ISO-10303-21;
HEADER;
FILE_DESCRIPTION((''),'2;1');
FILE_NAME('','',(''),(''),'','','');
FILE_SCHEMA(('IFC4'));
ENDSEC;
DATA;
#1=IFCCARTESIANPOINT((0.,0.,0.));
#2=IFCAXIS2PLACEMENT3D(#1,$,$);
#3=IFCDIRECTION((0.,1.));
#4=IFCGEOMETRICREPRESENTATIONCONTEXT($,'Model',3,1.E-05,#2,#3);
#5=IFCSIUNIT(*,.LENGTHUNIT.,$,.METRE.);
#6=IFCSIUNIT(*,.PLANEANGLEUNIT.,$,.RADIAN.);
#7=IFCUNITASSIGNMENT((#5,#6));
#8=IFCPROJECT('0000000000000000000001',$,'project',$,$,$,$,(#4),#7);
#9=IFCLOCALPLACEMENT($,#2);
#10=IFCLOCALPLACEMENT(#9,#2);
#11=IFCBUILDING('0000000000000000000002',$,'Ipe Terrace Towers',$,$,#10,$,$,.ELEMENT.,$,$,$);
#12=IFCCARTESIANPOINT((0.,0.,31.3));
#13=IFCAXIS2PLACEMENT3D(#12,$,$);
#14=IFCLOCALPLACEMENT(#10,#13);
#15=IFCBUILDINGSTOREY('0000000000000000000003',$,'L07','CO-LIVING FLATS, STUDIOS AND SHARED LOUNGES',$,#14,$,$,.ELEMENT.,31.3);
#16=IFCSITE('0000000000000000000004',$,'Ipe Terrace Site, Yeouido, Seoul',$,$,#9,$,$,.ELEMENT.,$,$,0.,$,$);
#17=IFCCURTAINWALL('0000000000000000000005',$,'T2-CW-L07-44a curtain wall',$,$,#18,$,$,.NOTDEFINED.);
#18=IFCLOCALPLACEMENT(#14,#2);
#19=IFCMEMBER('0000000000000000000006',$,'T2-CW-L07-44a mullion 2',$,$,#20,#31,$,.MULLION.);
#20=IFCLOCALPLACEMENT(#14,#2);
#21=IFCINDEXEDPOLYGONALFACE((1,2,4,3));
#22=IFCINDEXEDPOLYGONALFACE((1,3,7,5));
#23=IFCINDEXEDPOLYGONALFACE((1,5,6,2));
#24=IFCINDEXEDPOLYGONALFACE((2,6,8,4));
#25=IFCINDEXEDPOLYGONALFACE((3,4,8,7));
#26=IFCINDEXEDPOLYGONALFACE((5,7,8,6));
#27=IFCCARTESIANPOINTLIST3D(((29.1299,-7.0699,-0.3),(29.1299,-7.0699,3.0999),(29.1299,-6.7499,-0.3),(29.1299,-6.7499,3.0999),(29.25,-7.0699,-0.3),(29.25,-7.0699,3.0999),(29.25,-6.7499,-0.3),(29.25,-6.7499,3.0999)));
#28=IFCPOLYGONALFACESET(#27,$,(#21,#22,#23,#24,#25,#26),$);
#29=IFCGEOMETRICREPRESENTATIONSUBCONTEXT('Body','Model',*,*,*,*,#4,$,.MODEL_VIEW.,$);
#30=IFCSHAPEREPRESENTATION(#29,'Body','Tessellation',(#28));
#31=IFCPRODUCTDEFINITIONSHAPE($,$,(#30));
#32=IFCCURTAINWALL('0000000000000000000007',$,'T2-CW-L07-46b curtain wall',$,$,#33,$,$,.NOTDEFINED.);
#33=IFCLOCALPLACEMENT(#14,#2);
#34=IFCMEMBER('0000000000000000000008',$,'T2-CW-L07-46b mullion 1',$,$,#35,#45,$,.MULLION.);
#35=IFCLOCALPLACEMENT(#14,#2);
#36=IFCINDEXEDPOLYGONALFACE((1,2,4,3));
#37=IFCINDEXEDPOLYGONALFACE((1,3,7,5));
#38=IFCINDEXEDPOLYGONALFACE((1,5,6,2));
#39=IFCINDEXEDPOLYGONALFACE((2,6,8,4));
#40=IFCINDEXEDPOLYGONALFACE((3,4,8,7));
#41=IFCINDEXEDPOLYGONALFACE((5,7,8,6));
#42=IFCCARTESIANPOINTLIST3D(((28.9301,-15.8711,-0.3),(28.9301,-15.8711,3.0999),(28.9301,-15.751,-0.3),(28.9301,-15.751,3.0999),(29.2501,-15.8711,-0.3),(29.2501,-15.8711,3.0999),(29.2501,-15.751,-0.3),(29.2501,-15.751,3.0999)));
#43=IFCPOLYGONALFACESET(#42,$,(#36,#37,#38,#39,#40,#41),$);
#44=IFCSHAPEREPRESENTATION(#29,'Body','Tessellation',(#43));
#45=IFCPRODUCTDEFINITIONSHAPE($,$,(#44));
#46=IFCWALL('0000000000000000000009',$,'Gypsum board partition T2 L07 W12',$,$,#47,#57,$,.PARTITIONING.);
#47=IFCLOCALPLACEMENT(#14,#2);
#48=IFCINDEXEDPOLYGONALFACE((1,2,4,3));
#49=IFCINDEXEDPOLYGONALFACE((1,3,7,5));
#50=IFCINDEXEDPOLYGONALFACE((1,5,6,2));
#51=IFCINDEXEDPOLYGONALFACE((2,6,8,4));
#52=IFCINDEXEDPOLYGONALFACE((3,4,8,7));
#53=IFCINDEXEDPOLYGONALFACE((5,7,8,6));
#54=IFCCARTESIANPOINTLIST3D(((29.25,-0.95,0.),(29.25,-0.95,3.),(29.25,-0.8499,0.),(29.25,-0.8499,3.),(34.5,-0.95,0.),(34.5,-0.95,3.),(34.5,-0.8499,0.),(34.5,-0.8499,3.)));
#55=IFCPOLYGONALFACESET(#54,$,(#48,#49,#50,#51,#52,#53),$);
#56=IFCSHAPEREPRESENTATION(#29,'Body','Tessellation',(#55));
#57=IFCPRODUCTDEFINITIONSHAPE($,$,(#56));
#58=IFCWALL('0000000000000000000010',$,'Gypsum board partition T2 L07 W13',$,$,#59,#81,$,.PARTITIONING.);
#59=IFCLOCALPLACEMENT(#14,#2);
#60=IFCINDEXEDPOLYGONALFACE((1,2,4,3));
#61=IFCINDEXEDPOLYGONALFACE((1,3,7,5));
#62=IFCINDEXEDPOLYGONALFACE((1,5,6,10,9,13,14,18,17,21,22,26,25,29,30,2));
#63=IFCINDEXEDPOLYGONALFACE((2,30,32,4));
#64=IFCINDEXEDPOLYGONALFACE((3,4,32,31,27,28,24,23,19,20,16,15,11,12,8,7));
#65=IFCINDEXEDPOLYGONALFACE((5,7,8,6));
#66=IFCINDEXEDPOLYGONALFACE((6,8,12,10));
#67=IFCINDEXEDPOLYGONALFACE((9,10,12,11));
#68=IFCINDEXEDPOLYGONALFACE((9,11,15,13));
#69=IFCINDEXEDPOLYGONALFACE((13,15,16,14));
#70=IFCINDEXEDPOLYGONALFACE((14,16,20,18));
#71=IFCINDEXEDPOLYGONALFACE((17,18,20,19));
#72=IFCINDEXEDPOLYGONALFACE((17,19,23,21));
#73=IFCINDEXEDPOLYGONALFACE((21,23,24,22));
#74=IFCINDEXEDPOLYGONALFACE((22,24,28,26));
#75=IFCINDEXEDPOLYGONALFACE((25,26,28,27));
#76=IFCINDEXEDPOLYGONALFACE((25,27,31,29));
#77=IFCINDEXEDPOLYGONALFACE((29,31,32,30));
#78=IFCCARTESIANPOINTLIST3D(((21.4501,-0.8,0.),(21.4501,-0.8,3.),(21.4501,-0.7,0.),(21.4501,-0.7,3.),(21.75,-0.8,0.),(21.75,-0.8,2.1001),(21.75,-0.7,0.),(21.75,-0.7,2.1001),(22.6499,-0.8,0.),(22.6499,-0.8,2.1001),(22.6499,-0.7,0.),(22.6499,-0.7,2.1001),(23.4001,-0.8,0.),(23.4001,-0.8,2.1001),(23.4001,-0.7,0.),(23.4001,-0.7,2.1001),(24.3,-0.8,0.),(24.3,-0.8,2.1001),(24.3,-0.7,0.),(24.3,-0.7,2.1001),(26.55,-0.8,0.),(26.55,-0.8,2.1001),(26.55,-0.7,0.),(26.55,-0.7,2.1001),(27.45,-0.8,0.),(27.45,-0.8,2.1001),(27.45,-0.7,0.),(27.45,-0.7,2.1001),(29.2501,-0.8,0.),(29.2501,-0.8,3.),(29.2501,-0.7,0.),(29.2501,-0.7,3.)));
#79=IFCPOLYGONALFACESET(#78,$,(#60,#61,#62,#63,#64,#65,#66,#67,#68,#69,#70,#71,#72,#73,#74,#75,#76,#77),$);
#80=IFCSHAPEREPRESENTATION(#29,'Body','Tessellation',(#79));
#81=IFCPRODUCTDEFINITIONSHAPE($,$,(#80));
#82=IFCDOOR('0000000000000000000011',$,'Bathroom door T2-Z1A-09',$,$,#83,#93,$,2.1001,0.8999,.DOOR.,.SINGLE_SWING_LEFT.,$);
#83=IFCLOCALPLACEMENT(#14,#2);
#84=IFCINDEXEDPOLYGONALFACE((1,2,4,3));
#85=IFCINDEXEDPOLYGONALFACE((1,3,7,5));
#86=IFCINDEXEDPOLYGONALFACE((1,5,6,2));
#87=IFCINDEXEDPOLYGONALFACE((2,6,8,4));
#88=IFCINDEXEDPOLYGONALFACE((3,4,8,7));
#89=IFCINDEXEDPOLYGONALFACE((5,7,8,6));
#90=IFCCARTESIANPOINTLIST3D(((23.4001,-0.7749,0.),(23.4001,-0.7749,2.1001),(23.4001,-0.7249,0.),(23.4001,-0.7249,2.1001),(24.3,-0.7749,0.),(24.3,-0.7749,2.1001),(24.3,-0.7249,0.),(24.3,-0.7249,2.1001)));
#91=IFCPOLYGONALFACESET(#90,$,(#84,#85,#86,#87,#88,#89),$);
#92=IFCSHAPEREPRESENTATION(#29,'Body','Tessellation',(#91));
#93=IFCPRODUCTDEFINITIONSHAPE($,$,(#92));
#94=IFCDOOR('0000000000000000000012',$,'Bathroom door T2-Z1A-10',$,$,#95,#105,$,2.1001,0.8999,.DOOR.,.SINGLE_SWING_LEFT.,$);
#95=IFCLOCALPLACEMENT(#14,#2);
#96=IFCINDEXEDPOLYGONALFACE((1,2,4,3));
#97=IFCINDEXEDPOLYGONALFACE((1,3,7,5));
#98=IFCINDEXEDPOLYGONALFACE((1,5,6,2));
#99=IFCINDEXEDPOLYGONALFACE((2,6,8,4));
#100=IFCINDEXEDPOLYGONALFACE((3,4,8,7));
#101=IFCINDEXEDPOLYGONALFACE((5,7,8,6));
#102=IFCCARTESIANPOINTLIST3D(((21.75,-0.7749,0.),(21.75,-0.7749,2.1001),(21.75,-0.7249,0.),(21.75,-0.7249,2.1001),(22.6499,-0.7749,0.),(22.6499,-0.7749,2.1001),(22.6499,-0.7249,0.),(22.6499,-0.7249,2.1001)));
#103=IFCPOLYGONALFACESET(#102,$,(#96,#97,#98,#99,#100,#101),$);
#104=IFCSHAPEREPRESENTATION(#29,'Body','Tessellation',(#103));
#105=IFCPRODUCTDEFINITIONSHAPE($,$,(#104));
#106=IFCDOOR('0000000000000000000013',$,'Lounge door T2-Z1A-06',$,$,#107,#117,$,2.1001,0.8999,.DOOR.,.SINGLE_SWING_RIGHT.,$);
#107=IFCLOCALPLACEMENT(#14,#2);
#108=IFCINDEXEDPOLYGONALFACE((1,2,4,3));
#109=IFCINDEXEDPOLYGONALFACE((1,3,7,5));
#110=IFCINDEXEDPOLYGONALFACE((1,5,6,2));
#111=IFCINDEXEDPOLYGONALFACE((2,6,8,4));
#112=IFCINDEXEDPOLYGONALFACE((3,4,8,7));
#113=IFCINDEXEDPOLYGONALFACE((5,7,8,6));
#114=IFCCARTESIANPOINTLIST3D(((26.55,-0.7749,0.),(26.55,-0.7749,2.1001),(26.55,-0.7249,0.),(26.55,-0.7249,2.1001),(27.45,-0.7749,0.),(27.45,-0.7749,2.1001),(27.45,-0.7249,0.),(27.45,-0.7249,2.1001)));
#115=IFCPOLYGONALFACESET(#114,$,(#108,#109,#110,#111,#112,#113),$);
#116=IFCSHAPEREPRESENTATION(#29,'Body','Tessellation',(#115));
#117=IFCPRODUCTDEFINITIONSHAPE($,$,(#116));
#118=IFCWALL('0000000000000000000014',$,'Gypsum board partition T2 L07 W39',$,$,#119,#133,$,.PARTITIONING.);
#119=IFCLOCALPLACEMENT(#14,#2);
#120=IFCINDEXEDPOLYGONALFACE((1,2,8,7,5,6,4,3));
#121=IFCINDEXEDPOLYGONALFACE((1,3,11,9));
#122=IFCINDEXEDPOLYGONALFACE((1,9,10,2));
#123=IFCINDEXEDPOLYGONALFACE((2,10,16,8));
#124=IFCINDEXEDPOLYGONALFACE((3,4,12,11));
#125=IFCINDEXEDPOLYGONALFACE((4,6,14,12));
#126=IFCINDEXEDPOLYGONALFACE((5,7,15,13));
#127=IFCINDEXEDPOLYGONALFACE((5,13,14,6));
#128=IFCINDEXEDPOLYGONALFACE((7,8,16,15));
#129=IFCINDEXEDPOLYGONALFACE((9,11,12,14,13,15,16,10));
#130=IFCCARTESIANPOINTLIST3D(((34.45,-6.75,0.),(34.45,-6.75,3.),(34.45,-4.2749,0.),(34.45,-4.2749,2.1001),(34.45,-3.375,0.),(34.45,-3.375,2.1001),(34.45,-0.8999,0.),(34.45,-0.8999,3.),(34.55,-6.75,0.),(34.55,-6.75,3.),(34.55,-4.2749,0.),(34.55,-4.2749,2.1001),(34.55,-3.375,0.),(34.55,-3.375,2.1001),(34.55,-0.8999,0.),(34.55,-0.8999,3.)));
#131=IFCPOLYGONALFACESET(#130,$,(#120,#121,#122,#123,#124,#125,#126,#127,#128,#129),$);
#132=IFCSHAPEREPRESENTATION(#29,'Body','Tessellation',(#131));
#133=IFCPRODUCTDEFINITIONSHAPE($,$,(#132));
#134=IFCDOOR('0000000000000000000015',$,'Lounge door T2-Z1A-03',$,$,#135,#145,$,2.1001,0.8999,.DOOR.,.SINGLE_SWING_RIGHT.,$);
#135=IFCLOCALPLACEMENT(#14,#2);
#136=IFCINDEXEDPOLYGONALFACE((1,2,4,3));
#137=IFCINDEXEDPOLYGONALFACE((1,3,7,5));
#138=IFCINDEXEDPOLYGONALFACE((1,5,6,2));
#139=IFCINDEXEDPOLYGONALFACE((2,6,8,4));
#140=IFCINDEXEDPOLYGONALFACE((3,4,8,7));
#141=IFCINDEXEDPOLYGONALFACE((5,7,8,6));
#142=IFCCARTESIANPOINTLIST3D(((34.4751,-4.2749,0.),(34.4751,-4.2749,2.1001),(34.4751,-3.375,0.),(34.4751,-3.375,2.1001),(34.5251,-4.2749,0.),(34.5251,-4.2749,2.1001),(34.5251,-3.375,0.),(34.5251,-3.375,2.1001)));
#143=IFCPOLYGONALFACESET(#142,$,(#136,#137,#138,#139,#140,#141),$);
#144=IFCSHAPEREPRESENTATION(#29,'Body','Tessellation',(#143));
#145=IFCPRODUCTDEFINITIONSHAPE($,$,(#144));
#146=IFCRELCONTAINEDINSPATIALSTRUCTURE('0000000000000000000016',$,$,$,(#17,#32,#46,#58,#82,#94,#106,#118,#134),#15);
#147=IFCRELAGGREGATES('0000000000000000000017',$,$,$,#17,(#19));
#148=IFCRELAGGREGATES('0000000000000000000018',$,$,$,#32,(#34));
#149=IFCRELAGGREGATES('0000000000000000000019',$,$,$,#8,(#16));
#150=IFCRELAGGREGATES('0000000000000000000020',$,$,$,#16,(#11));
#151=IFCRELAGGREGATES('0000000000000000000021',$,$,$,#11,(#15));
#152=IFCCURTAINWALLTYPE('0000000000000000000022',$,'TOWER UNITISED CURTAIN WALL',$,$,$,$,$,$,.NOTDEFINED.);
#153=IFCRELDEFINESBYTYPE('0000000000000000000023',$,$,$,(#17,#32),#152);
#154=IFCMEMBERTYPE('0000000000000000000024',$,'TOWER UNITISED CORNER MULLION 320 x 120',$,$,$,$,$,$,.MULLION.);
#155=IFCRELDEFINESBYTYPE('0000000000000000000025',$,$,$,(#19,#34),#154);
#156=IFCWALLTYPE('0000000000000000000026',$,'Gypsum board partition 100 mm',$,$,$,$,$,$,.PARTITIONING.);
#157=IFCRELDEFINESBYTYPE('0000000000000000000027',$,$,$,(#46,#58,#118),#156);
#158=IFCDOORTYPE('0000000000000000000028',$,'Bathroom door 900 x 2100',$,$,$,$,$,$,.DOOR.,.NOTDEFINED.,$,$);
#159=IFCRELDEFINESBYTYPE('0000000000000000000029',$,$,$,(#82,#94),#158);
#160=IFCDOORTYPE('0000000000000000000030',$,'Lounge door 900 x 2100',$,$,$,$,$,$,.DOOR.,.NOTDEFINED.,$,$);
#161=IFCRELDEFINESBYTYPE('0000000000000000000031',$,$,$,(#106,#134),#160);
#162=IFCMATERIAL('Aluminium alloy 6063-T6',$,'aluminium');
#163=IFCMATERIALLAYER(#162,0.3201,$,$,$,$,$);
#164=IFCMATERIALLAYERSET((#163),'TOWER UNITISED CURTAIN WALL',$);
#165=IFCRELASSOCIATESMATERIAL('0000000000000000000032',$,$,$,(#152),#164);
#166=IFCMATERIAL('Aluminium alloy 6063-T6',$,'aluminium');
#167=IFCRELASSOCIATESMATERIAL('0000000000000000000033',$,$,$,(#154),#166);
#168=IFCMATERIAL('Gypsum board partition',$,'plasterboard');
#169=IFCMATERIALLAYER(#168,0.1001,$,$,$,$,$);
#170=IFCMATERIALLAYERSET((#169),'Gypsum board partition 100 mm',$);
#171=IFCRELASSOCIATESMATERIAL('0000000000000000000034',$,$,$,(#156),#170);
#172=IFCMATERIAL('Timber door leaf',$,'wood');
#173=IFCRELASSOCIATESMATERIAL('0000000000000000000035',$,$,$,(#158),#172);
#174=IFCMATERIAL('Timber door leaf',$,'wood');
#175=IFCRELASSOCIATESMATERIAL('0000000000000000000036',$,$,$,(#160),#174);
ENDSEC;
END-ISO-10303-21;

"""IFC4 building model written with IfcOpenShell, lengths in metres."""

from ifc_helpers import new_model, si_unit, direction, frame, frame_2d, origin, origin_2d, place, context, subcontext, project, spatial, rectangle, extrude, material, layer, layer_set, material_profile, profile_set, type_object, element, fill, aggregate, save


model = new_model("IFC4")

# Units and contexts
model_context = context("Model", 3, precision=1e-05, world=origin(), true_north=direction((0.0, 1.0)))
body_context = subcontext(model_context, "Body", "Model", "MODEL_VIEW")
ifc_project = project(units=[si_unit("LENGTHUNIT", "METRE"), si_unit("PLANEANGLEUNIT", "RADIAN")], contexts=[model_context])

# Site, building, storey
site_placement = place(None, origin())
site = spatial("IfcSite", under=ifc_project, at=site_placement, Name="Ipe Terrace Site, Yeouido, Seoul", CompositionType="ELEMENT", RefElevation=0.0)
building_placement = place(site_placement, origin())
building = spatial("IfcBuilding", under=site, at=building_placement, Name="Ipe Terrace Towers", CompositionType="ELEMENT")
storey_placement = place(building_placement, frame((0.0, 0.0, 31.3)))
storey = spatial("IfcBuildingStorey", under=building, at=storey_placement, Name="L07", Description="CO-LIVING FLATS, STUDIOS AND SHARED LOUNGES", CompositionType="ELEMENT", Elevation=31.3)

# Curtain walls, members
ifc_material_1 = material(Name="Aluminium alloy 6063-T6", Category="aluminium")
ifc_layer_1 = layer(ifc_material_1, 0.3201)
ifc_layer_set_1 = layer_set([ifc_layer_1], Name="TOWER UNITISED CURTAIN WALL")
curtain_wall_type = type_object("IfcCurtainWallType", Name="TOWER UNITISED CURTAIN WALL", PredefinedType="NOTDEFINED", material=ifc_layer_set_1)
curtain_wall_1_placement = place(storey_placement, origin())
curtain_wall_1 = element("IfcCurtainWall", 1, at=curtain_wall_1_placement, inside=storey, type_object=curtain_wall_type, Name="T2-CW-L07-44a curtain wall", PredefinedType="NOTDEFINED")
ifc_material_2 = material(Name="Aluminium alloy 6063-T6", Category="aluminium")
ifc_material_profile_1 = material_profile(ifc_material_2, rectangle(XDim=0.3201, YDim=0.1201, at=origin_2d()), Name="TOWER UNITISED CORNER MULLION 320 x 120")
ifc_profile_set_1 = profile_set([ifc_material_profile_1], Name="Aluminium alloy 6063-T6")
member_type = type_object("IfcMemberType", Name="TOWER UNITISED CORNER MULLION 320 x 120", PredefinedType="MULLION", material=ifc_profile_set_1)
member_1_placement = place(storey_placement, frame((29.1899, -6.9099, -0.3), z_axis=(0.0, 0.0, 1.0), x_axis=(0.0, -1.0, 0.0)))
member_1 = element("IfcMember", 2, at=member_1_placement, type_object=member_type, Name="T2-CW-L07-44a mullion 2", PredefinedType="MULLION", context=body_context, shape_type="SweptSolid", body=[
    extrude(rectangle(XDim=0.3201, YDim=0.1201, at=origin_2d()), origin(), (0.0, 0.0, 1.0), 3.3999),
])
aggregate(curtain_wall_1, [member_1])
curtain_wall_2_placement = place(storey_placement, origin())
curtain_wall_2 = element("IfcCurtainWall", 3, at=curtain_wall_2_placement, inside=storey, type_object=curtain_wall_type, Name="T2-CW-L07-46b curtain wall", PredefinedType="NOTDEFINED")
member_2_placement = place(storey_placement, frame((29.0901, -15.811, -0.3), z_axis=(0.0, 0.0, 1.0), x_axis=(-1.0, 0.0, 0.0)))
member_2 = element("IfcMember", 4, at=member_2_placement, type_object=member_type, Name="T2-CW-L07-46b mullion 1", PredefinedType="MULLION", context=body_context, shape_type="SweptSolid", body=[
    extrude(rectangle(XDim=0.3201, YDim=0.1201, at=origin_2d()), origin(), (0.0, 0.0, 1.0), 3.3999),
])
aggregate(curtain_wall_2, [member_2])

# Wall
ifc_material_3 = material(Name="Gypsum board partition", Category="plasterboard")
ifc_layer_2 = layer(ifc_material_3, 0.1001)
ifc_layer_set_2 = layer_set([ifc_layer_2], Name="Gypsum board partition 100 mm")
wall_type_1 = type_object("IfcWallType", Name="Gypsum board partition 100 mm", PredefinedType="PARTITIONING", material=ifc_layer_set_2)
wall_1_placement = place(storey_placement, frame((34.5, -0.8999, 0.0), z_axis=(0.0, 0.0, 1.0), x_axis=(-1.0, 0.0, 0.0)))
element("IfcWall", 5, at=wall_1_placement, inside=storey, type_object=wall_type_1, Name="Gypsum board partition T2 L07 W12", PredefinedType="PARTITIONING", context=body_context, shape_type="SweptSolid", body=[
    extrude(rectangle(XDim=5.25, YDim=0.1001, at=frame_2d((2.625, 0.0))), origin(), (0.0, 0.0, 1.0), 3.0),
])

# Wall, openings, doors
wall_2_placement = place(storey_placement, frame((29.25, -0.75, 0.0), z_axis=(0.0, 0.0, 1.0), x_axis=(-1.0, 0.0, 0.0)))
wall_2 = element("IfcWall", 6, at=wall_2_placement, inside=storey, type_object=wall_type_1, Name="Gypsum board partition T2 L07 W13", PredefinedType="PARTITIONING", context=body_context, shape_type="SweptSolid", body=[
    extrude(rectangle(XDim=7.8, YDim=0.1001, at=frame_2d((3.8999, 0.0))), origin(), (0.0, 0.0, 1.0), 3.0),
])
opening_1_placement = place(wall_2_placement, frame((1.8, 0.0, 0.0)))
opening_1 = element("IfcOpeningElement", 7, at=opening_1_placement, cuts=wall_2, PredefinedType="OPENING", context=body_context, shape_type="SweptSolid", body=[
    extrude(rectangle(XDim=0.8999, YDim=2.1001, at=frame_2d((0.45, 1.05))), frame((0.0, 0.0601, 0.0), z_axis=(0.0, -1.0, 0.0), x_axis=(1.0, 0.0, 0.0)), (0.0, 0.0, 1.0), 0.1201),
])
opening_2_placement = place(wall_2_placement, frame((4.95, 0.0, 0.0)))
opening_2 = element("IfcOpeningElement", 8, at=opening_2_placement, cuts=wall_2, PredefinedType="OPENING", context=body_context, shape_type="SweptSolid", body=[
    extrude(rectangle(XDim=0.8999, YDim=2.1001, at=frame_2d((0.45, 1.05))), frame((0.0, 0.0601, 0.0), z_axis=(0.0, -1.0, 0.0), x_axis=(1.0, 0.0, 0.0)), (0.0, 0.0, 1.0), 0.1201),
])
opening_3_placement = place(wall_2_placement, frame((6.6001, 0.0, 0.0)))
opening_3 = element("IfcOpeningElement", 9, at=opening_3_placement, cuts=wall_2, PredefinedType="OPENING", context=body_context, shape_type="SweptSolid", body=[
    extrude(rectangle(XDim=0.8999, YDim=2.1001, at=frame_2d((0.45, 1.05))), frame((0.0, 0.0601, 0.0), z_axis=(0.0, -1.0, 0.0), x_axis=(1.0, 0.0, 0.0)), (0.0, 0.0, 1.0), 0.1201),
])
ifc_material_4 = material(Name="Timber door leaf", Category="wood")
door_type_1 = type_object("IfcDoorType", Name="Bathroom door 900 x 2100", OperationType="NOTDEFINED", PredefinedType="DOOR", material=ifc_material_4)
door_1_placement = place(opening_2_placement, origin())
door_1 = element("IfcDoor", 10, at=door_1_placement, inside=storey, type_object=door_type_1, Name="Bathroom door T2-Z1A-09", OperationType="SINGLE_SWING_LEFT", OverallHeight=2.1001, OverallWidth=0.8999, PredefinedType="DOOR", context=body_context, shape_type="SweptSolid", body=[
    extrude(rectangle(XDim=0.8999, YDim=2.1001, at=frame_2d((0.45, 1.05))), frame((0.0, 0.0249, 0.0), z_axis=(0.0, -1.0, 0.0), x_axis=(1.0, 0.0, 0.0)), (0.0, 0.0, 1.0), 0.05),
])
fill(opening_2, door_1)
door_2_placement = place(opening_3_placement, origin())
door_2 = element("IfcDoor", 11, at=door_2_placement, inside=storey, type_object=door_type_1, Name="Bathroom door T2-Z1A-10", OperationType="SINGLE_SWING_LEFT", OverallHeight=2.1001, OverallWidth=0.8999, PredefinedType="DOOR", context=body_context, shape_type="SweptSolid", body=[
    extrude(rectangle(XDim=0.8999, YDim=2.1001, at=frame_2d((0.45, 1.05))), frame((0.0, 0.0249, 0.0), z_axis=(0.0, -1.0, 0.0), x_axis=(1.0, 0.0, 0.0)), (0.0, 0.0, 1.0), 0.05),
])
fill(opening_3, door_2)
ifc_material_5 = material(Name="Timber door leaf", Category="wood")
door_type_2 = type_object("IfcDoorType", Name="Lounge door 900 x 2100", OperationType="NOTDEFINED", PredefinedType="DOOR", material=ifc_material_5)
door_3_placement = place(opening_1_placement, origin())
door_3 = element("IfcDoor", 12, at=door_3_placement, inside=storey, type_object=door_type_2, Name="Lounge door T2-Z1A-06", OperationType="SINGLE_SWING_RIGHT", OverallHeight=2.1001, OverallWidth=0.8999, PredefinedType="DOOR", context=body_context, shape_type="SweptSolid", body=[
    extrude(rectangle(XDim=0.8999, YDim=2.1001, at=frame_2d((0.45, 1.05))), frame((0.0, 0.0249, 0.0), z_axis=(0.0, -1.0, 0.0), x_axis=(1.0, 0.0, 0.0)), (0.0, 0.0, 1.0), 0.05),
])
fill(opening_1, door_3)

# Wall, opening, door
wall_3_placement = place(storey_placement, frame((34.5, -6.75, 0.0), z_axis=(0.0, 0.0, 1.0), x_axis=(0.0, 1.0, 0.0)))
wall_3 = element("IfcWall", 13, at=wall_3_placement, inside=storey, type_object=wall_type_1, Name="Gypsum board partition T2 L07 W39", PredefinedType="PARTITIONING", context=body_context, shape_type="SweptSolid", body=[
    extrude(rectangle(XDim=5.8501, YDim=0.1001, at=frame_2d((2.925, 0.0))), origin(), (0.0, 0.0, 1.0), 3.0),
])
opening_4_placement = place(wall_3_placement, frame((2.4751, 0.0, 0.0)))
opening_4 = element("IfcOpeningElement", 14, at=opening_4_placement, cuts=wall_3, PredefinedType="OPENING", context=body_context, shape_type="SweptSolid", body=[
    extrude(rectangle(XDim=0.8999, YDim=2.1001, at=frame_2d((0.45, 1.05))), frame((0.0, 0.0601, 0.0), z_axis=(0.0, -1.0, 0.0), x_axis=(1.0, 0.0, 0.0)), (0.0, 0.0, 1.0), 0.1201),
])
door_4_placement = place(opening_4_placement, origin())
door_4 = element("IfcDoor", 15, at=door_4_placement, inside=storey, type_object=door_type_2, Name="Lounge door T2-Z1A-03", OperationType="SINGLE_SWING_RIGHT", OverallHeight=2.1001, OverallWidth=0.8999, PredefinedType="DOOR", context=body_context, shape_type="SweptSolid", body=[
    extrude(rectangle(XDim=0.8999, YDim=2.1001, at=frame_2d((0.45, 1.05))), frame((0.0, 0.0249, 0.0), z_axis=(0.0, -1.0, 0.0), x_axis=(1.0, 0.0, 0.0)), (0.0, 0.0, 1.0), 0.05),
])
fill(opening_4, door_4)

save(model, "model.ifc")
